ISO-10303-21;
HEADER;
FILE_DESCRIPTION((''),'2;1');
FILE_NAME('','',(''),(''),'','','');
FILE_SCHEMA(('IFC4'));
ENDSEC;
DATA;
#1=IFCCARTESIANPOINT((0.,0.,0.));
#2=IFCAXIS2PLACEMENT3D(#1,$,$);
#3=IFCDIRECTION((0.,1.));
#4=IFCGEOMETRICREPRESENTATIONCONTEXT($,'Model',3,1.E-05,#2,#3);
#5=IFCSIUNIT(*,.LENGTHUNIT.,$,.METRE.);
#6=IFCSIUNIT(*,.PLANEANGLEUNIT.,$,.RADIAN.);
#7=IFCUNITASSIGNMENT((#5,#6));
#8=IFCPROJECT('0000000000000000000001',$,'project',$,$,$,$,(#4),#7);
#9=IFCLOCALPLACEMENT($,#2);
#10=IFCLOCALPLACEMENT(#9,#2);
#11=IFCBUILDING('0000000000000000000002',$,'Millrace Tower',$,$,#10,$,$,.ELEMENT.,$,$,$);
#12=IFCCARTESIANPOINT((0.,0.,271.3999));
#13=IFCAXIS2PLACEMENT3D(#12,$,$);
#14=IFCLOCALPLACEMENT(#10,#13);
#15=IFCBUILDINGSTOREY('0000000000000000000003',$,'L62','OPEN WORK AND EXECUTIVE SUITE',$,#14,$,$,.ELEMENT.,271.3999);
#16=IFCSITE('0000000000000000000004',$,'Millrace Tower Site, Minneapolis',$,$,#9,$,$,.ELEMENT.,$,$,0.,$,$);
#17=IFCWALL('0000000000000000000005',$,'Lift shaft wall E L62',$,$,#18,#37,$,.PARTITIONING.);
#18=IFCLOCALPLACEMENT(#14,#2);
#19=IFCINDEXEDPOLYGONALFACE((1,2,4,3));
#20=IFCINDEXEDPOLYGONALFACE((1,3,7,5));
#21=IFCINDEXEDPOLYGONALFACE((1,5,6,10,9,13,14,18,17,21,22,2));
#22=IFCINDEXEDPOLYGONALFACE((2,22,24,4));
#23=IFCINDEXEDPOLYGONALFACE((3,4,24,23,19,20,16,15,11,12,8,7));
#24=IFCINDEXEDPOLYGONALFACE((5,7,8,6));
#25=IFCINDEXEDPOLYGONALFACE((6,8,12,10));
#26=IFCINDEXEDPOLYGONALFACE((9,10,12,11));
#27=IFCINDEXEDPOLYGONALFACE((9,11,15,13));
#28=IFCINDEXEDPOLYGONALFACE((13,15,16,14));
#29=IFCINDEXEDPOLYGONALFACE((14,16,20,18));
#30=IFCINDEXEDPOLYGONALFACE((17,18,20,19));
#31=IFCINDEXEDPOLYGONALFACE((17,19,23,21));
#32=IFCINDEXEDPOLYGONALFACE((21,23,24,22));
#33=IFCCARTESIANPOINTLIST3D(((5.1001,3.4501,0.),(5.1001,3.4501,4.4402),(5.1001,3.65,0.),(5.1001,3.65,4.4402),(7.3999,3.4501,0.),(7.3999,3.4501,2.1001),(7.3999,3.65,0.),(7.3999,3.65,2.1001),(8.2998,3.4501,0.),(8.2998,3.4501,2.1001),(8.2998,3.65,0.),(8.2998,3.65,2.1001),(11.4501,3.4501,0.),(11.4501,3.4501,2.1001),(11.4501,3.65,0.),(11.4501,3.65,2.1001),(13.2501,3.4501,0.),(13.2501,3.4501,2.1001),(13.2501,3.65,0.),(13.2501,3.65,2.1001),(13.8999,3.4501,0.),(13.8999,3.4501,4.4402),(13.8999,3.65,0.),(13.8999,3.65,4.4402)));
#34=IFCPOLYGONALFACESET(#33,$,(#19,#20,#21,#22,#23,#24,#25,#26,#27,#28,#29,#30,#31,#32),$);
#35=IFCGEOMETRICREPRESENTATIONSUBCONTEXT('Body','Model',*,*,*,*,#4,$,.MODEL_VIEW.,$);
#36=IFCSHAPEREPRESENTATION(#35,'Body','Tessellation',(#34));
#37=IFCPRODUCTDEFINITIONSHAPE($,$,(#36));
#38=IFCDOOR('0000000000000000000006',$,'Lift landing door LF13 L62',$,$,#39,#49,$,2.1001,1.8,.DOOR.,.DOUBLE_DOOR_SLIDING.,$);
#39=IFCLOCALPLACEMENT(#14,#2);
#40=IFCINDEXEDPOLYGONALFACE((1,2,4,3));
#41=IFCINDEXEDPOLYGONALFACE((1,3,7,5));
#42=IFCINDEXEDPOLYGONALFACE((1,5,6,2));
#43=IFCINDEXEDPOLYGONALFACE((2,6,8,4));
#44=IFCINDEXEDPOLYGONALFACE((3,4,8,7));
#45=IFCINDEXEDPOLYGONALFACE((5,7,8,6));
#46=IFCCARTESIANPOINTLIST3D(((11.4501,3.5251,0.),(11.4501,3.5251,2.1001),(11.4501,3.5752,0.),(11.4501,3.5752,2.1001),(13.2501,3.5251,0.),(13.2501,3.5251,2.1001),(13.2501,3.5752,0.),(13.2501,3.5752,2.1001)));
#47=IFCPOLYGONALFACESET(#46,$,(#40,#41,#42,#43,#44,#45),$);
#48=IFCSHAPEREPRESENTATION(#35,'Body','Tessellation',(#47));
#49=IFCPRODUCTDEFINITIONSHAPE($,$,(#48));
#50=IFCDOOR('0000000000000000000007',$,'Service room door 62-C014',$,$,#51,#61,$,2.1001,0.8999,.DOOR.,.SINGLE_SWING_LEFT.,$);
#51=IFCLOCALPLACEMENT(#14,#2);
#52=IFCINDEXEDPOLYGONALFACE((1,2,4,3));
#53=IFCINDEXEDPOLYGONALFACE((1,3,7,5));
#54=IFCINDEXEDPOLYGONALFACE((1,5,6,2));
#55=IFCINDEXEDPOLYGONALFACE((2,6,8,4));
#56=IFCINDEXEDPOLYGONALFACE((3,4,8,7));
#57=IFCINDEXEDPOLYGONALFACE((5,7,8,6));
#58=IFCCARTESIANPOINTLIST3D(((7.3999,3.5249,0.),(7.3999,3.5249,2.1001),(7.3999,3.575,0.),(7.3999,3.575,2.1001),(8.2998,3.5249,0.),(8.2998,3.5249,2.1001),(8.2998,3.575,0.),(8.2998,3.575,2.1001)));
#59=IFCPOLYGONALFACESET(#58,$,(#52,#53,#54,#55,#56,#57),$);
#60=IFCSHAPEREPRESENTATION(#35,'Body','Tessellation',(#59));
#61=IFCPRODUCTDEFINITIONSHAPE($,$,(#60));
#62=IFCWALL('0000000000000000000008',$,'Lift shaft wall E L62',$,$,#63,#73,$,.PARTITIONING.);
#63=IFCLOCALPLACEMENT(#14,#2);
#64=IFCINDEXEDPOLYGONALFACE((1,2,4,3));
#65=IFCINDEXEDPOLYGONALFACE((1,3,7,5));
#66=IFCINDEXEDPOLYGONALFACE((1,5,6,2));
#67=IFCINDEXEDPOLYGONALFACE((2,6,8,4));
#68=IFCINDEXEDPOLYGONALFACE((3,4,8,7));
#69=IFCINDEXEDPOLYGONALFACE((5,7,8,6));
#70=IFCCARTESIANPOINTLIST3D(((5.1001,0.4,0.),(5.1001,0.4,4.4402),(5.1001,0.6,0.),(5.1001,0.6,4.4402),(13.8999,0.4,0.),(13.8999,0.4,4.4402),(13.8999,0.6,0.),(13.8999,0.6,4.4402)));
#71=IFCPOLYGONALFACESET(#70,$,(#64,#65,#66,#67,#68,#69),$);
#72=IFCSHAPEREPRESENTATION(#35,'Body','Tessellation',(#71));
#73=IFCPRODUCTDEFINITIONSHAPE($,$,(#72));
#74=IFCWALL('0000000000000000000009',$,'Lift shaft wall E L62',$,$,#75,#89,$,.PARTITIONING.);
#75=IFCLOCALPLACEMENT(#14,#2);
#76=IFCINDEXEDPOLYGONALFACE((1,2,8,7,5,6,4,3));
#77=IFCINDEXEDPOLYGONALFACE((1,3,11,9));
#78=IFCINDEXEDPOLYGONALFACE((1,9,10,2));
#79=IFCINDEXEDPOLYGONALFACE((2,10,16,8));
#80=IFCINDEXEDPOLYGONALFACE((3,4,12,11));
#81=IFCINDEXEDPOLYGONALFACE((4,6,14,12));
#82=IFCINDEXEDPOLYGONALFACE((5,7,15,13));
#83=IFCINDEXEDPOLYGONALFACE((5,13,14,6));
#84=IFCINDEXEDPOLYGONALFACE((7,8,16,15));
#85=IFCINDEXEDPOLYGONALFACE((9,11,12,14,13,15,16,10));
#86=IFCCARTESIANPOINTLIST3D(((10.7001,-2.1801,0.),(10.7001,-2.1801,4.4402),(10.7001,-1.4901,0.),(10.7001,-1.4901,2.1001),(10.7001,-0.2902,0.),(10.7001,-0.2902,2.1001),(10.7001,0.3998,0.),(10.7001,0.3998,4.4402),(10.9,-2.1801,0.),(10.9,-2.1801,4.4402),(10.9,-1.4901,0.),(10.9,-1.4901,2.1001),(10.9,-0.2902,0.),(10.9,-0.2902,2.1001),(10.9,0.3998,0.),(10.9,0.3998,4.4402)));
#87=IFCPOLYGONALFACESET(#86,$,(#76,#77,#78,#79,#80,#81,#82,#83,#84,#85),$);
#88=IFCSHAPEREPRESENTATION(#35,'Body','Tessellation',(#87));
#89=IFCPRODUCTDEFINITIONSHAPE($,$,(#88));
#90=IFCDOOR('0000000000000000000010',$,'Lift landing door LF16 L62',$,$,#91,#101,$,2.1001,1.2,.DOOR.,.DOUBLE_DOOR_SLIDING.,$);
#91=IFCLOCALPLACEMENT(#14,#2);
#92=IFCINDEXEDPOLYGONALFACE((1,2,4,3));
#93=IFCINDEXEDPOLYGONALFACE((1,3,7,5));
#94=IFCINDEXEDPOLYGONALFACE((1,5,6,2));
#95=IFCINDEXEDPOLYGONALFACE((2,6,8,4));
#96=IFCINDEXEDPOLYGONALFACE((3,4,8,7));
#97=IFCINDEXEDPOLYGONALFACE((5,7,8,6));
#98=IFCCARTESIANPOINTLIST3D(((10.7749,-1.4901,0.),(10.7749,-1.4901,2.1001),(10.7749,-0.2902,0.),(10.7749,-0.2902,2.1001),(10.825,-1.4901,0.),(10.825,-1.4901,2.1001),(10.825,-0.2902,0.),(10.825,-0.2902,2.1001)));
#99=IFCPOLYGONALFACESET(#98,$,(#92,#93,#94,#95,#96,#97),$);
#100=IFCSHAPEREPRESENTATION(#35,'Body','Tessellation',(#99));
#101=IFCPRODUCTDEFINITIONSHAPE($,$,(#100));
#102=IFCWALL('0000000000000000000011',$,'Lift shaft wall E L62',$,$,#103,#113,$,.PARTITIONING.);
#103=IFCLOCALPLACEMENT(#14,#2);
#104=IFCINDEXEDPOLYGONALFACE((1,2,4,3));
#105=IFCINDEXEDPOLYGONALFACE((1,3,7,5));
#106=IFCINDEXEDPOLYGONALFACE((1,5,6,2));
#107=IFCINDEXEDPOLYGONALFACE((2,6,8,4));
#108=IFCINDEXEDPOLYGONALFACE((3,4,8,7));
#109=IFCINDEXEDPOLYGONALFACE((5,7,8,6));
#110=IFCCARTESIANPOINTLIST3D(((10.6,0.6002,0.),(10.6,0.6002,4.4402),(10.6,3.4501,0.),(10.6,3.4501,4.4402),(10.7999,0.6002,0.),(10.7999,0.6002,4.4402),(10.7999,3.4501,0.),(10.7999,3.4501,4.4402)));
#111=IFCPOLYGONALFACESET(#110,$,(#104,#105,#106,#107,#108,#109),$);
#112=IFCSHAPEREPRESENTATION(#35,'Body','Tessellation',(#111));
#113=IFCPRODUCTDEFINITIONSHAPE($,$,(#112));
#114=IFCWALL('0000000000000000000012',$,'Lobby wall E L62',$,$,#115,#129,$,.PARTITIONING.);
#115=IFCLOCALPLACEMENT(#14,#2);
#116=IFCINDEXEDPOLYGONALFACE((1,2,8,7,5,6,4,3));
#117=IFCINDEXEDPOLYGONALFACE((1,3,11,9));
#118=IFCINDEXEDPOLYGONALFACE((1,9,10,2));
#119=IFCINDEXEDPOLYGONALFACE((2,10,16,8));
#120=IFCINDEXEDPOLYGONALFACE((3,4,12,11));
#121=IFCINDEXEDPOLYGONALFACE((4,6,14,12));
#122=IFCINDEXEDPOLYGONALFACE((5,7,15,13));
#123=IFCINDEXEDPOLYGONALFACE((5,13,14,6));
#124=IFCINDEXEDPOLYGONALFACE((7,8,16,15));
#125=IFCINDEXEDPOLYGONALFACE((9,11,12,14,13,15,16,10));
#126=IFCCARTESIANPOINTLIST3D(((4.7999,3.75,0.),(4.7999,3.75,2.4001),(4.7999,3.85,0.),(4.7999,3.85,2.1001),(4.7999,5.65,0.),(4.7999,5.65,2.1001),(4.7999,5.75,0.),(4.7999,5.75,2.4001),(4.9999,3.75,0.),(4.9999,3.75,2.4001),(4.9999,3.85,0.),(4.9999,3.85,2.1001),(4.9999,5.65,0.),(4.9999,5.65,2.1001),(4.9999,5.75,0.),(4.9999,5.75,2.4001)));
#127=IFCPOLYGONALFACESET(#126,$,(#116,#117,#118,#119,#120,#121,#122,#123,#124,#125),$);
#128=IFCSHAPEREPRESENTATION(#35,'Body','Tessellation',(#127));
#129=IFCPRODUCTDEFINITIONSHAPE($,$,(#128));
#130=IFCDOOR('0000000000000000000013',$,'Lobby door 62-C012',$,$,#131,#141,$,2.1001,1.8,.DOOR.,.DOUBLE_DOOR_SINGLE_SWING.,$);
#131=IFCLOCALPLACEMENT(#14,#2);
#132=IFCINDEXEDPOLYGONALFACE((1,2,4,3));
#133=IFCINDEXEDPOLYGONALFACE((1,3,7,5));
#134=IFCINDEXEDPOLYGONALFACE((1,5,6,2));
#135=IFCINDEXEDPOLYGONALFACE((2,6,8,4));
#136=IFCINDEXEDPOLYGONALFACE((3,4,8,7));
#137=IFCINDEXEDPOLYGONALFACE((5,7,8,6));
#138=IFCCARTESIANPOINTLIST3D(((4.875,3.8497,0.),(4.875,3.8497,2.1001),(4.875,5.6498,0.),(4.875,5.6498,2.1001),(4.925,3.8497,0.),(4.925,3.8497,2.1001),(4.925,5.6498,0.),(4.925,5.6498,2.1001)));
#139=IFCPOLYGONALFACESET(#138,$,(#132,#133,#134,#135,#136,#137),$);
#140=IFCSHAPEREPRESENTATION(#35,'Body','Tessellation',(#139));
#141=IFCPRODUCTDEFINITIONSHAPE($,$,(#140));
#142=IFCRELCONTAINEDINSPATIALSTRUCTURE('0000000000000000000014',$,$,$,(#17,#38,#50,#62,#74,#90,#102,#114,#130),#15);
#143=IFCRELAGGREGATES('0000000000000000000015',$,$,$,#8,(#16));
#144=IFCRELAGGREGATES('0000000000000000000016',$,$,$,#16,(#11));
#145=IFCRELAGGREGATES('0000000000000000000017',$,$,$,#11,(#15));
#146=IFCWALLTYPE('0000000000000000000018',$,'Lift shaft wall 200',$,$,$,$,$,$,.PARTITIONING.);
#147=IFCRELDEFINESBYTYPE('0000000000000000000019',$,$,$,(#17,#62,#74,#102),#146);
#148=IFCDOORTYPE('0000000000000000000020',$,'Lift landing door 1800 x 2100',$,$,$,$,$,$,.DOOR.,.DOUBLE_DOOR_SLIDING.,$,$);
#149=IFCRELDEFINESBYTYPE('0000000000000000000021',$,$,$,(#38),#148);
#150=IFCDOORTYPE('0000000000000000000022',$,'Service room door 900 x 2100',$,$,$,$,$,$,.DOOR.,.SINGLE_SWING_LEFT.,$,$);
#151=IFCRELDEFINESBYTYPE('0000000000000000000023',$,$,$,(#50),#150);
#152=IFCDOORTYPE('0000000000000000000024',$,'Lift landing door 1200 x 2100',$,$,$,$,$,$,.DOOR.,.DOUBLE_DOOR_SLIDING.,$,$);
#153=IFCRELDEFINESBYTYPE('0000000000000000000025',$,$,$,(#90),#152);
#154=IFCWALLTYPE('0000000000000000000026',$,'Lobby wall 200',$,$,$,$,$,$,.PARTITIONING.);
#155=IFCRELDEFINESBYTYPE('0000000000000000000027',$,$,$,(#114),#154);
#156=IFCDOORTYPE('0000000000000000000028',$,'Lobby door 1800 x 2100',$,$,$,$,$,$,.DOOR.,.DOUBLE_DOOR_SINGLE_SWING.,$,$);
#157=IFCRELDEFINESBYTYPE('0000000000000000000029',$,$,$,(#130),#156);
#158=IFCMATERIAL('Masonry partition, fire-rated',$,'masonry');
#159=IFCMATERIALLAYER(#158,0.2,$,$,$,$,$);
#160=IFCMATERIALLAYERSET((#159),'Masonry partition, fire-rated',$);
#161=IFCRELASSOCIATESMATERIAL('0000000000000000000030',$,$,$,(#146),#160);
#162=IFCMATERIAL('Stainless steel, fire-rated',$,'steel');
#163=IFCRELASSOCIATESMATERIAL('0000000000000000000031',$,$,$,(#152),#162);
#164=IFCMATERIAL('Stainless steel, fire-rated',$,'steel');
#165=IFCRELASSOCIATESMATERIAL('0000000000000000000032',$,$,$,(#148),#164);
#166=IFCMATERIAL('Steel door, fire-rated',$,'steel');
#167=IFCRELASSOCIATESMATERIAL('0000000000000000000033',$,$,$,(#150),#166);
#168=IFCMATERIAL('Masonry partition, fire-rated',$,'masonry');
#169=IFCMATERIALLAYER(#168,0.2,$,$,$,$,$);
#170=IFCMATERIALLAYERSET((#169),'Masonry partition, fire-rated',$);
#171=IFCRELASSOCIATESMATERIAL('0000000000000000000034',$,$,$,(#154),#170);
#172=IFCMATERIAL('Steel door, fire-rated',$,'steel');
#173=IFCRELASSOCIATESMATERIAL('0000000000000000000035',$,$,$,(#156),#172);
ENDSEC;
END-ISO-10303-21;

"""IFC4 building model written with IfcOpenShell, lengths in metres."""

from ifc_helpers import new_model, si_unit, direction, frame, frame_2d, origin, place, context, subcontext, project, spatial, rectangle, extrude, material, layer, layer_set, type_object, element, fill, save


model = new_model("IFC4")

# Units and contexts
model_context = context("Model", 3, precision=1e-05, world=origin(), true_north=direction((0.0, 1.0)))
body_context = subcontext(model_context, "Body", "Model", "MODEL_VIEW")
ifc_project = project(units=[si_unit("LENGTHUNIT", "METRE"), si_unit("PLANEANGLEUNIT", "RADIAN")], contexts=[model_context])

# Site, building, storey
site_placement = place(None, origin())
site = spatial("IfcSite", under=ifc_project, at=site_placement, Name="Millrace Tower Site, Minneapolis", CompositionType="ELEMENT", RefElevation=0.0)
building_placement = place(site_placement, origin())
building = spatial("IfcBuilding", under=site, at=building_placement, Name="Millrace Tower", CompositionType="ELEMENT")
storey_placement = place(building_placement, frame((0.0, 0.0, 271.3999)))
storey = spatial("IfcBuildingStorey", under=building, at=storey_placement, Name="L62", Description="OPEN WORK AND EXECUTIVE SUITE", CompositionType="ELEMENT", Elevation=271.3999)

# Shared definitions
ifc_material_1 = material(Name="Masonry partition, fire-rated", Category="masonry")
ifc_layer_1 = layer(ifc_material_1, 0.2)
ifc_layer_set_1 = layer_set([ifc_layer_1], Name="Masonry partition, fire-rated")
wall_type_1 = type_object("IfcWallType", Name="Lift shaft wall 200", PredefinedType="PARTITIONING", material=ifc_layer_set_1)
ifc_material_2 = material(Name="Stainless steel, fire-rated", Category="steel")
door_type_1 = type_object("IfcDoorType", Name="Lift landing door 1200 x 2100", OperationType="DOUBLE_DOOR_SLIDING", PredefinedType="DOOR", material=ifc_material_2)

# Wall, openings, doors
wall_1_placement = place(storey_placement, frame((13.8999, 3.55, 0.0), z_axis=(0.0, 0.0, 1.0), x_axis=(-1.0, 0.0, 0.0)))
wall_1 = element("IfcWall", 1, at=wall_1_placement, inside=storey, type_object=wall_type_1, Name="Lift shaft wall E L62", PredefinedType="PARTITIONING", context=body_context, shape_type="SweptSolid", body=[
    extrude(rectangle(XDim=8.7998, YDim=0.2, at=frame_2d((4.3999, 0.0))), origin(), (0.0, 0.0, 1.0), 4.4402),
])
opening_1_placement = place(wall_1_placement, frame((0.6499, 0.0, 0.0)))
opening_1 = element("IfcOpeningElement", 2, at=opening_1_placement, cuts=wall_1, PredefinedType="OPENING", context=body_context, shape_type="SweptSolid", body=[
    extrude(rectangle(XDim=1.8, YDim=2.1001, at=frame_2d((0.8999, 1.05))), frame((0.0, 0.1099, 0.0), z_axis=(0.0, -1.0, 0.0), x_axis=(1.0, 0.0, 0.0)), (0.0, 0.0, 1.0), 0.22),
])
opening_2_placement = place(wall_1_placement, frame((5.6001, 0.0, 0.0)))
opening_2 = element("IfcOpeningElement", 3, at=opening_2_placement, cuts=wall_1, PredefinedType="OPENING", context=body_context, shape_type="SweptSolid", body=[
    extrude(rectangle(XDim=0.8999, YDim=2.1001, at=frame_2d((0.45, 1.05))), frame((0.0, 0.1099, 0.0), z_axis=(0.0, -1.0, 0.0), x_axis=(1.0, 0.0, 0.0)), (0.0, 0.0, 1.0), 0.22),
])
ifc_material_3 = material(Name="Stainless steel, fire-rated", Category="steel")
door_type_2 = type_object("IfcDoorType", Name="Lift landing door 1800 x 2100", OperationType="DOUBLE_DOOR_SLIDING", PredefinedType="DOOR", material=ifc_material_3)
door_1_placement = place(opening_1_placement, origin())
door_1 = element("IfcDoor", 4, at=door_1_placement, inside=storey, type_object=door_type_2, Name="Lift landing door LF13 L62", OperationType="DOUBLE_DOOR_SLIDING", OverallHeight=2.1001, OverallWidth=1.8, PredefinedType="DOOR", context=body_context, shape_type="SweptSolid", body=[
    extrude(rectangle(XDim=1.8, YDim=2.1001, at=frame_2d((0.8999, 1.05))), frame((0.0, 0.0249, 0.0), z_axis=(0.0, -1.0, 0.0), x_axis=(1.0, 0.0, 0.0)), (0.0, 0.0, 1.0), 0.05),
])
fill(opening_1, door_1)
ifc_material_4 = material(Name="Steel door, fire-rated", Category="steel")
door_type_3 = type_object("IfcDoorType", Name="Service room door 900 x 2100", OperationType="SINGLE_SWING_LEFT", PredefinedType="DOOR", material=ifc_material_4)
door_2_placement = place(opening_2_placement, frame((0.8999, 0.0, 0.0), z_axis=(0.0, 0.0, 1.0), x_axis=(-1.0, 0.0, 0.0)))
door_2 = element("IfcDoor", 5, at=door_2_placement, inside=storey, type_object=door_type_3, Name="Service room door 62-C014", OperationType="SINGLE_SWING_LEFT", OverallHeight=2.1001, OverallWidth=0.8999, PredefinedType="DOOR", context=body_context, shape_type="SweptSolid", body=[
    extrude(rectangle(XDim=0.8999, YDim=2.1001, at=frame_2d((0.45, 1.05))), frame((0.0, 0.0249, 0.0), z_axis=(0.0, -1.0, 0.0), x_axis=(1.0, 0.0, 0.0)), (0.0, 0.0, 1.0), 0.05),
])
fill(opening_2, door_2)

# Wall
wall_2_placement = place(storey_placement, frame((13.8999, 0.5, 0.0), z_axis=(0.0, 0.0, 1.0), x_axis=(-1.0, 0.0, 0.0)))
element("IfcWall", 6, at=wall_2_placement, inside=storey, type_object=wall_type_1, Name="Lift shaft wall E L62", PredefinedType="PARTITIONING", context=body_context, shape_type="SweptSolid", body=[
    extrude(rectangle(XDim=8.7998, YDim=0.2, at=frame_2d((4.3999, 0.0))), origin(), (0.0, 0.0, 1.0), 4.4402),
])

# Wall, opening, door
wall_3_placement = place(storey_placement, frame((10.8, 0.3999, 0.0), z_axis=(0.0, 0.0, 1.0), x_axis=(0.0, -1.0, 0.0)))
wall_3 = element("IfcWall", 7, at=wall_3_placement, inside=storey, type_object=wall_type_1, Name="Lift shaft wall E L62", PredefinedType="PARTITIONING", context=body_context, shape_type="SweptSolid", body=[
    extrude(rectangle(XDim=2.5798, YDim=0.2, at=frame_2d((1.29, 0.0))), origin(), (0.0, 0.0, 1.0), 4.4402),
])
opening_3_placement = place(wall_3_placement, frame((0.6899, 0.0, 0.0)))
opening_3 = element("IfcOpeningElement", 8, at=opening_3_placement, cuts=wall_3, PredefinedType="OPENING", context=body_context, shape_type="SweptSolid", body=[
    extrude(rectangle(XDim=1.2, YDim=2.1001, at=frame_2d((0.6001, 1.05))), frame((0.0, 0.1099, 0.0), z_axis=(0.0, -1.0, 0.0), x_axis=(1.0, 0.0, 0.0)), (0.0, 0.0, 1.0), 0.22),
])
door_3_placement = place(opening_3_placement, origin())
door_3 = element("IfcDoor", 9, at=door_3_placement, inside=storey, type_object=door_type_1, Name="Lift landing door LF16 L62", OperationType="DOUBLE_DOOR_SLIDING", OverallHeight=2.1001, OverallWidth=1.2, PredefinedType="DOOR", context=body_context, shape_type="SweptSolid", body=[
    extrude(rectangle(XDim=1.2, YDim=2.1001, at=frame_2d((0.6001, 1.05))), frame((0.0, 0.0249, 0.0), z_axis=(0.0, -1.0, 0.0), x_axis=(1.0, 0.0, 0.0)), (0.0, 0.0, 1.0), 0.05),
])
fill(opening_3, door_3)

# Wall
wall_4_placement = place(storey_placement, frame((10.7, 3.45, 0.0), z_axis=(0.0, 0.0, 1.0), x_axis=(0.0, -1.0, 0.0)))
element("IfcWall", 10, at=wall_4_placement, inside=storey, type_object=wall_type_1, Name="Lift shaft wall E L62", PredefinedType="PARTITIONING", context=body_context, shape_type="SweptSolid", body=[
    extrude(rectangle(XDim=2.8499, YDim=0.2, at=frame_2d((1.4248, 0.0))), origin(), (0.0, 0.0, 1.0), 4.4402),
])

# Wall, opening, door
ifc_material_5 = material(Name="Masonry partition, fire-rated", Category="masonry")
ifc_layer_2 = layer(ifc_material_5, 0.2)
ifc_layer_set_2 = layer_set([ifc_layer_2], Name="Masonry partition, fire-rated")
wall_type_2 = type_object("IfcWallType", Name="Lobby wall 200", PredefinedType="PARTITIONING", material=ifc_layer_set_2)
wall_5_placement = place(storey_placement, frame((4.8999, 5.75, 0.0), z_axis=(0.0, 0.0, 1.0), x_axis=(0.0, -1.0, 0.0)))
wall_5 = element("IfcWall", 11, at=wall_5_placement, inside=storey, type_object=wall_type_2, Name="Lobby wall E L62", PredefinedType="PARTITIONING", context=body_context, shape_type="SweptSolid", body=[
    extrude(rectangle(XDim=2.0, YDim=0.2, at=frame_2d((1.0, 0.0))), origin(), (0.0, 0.0, 1.0), 2.4001),
])
opening_4_placement = place(wall_5_placement, frame((0.1001, 0.0, 0.0)))
opening_4 = element("IfcOpeningElement", 12, at=opening_4_placement, cuts=wall_5, PredefinedType="OPENING", context=body_context, shape_type="SweptSolid", body=[
    extrude(rectangle(XDim=1.8, YDim=2.1001, at=frame_2d((0.8999, 1.05))), frame((0.0, 0.1099, 0.0), z_axis=(0.0, -1.0, 0.0), x_axis=(1.0, 0.0, 0.0)), (0.0, 0.0, 1.0), 0.22),
])
ifc_material_6 = material(Name="Steel door, fire-rated", Category="steel")
door_type_4 = type_object("IfcDoorType", Name="Lobby door 1800 x 2100", OperationType="DOUBLE_DOOR_SINGLE_SWING", PredefinedType="DOOR", material=ifc_material_6)
door_4_placement = place(opening_4_placement, frame((1.8, 0.0, 0.0), z_axis=(0.0, 0.0, 1.0), x_axis=(-1.0, 0.0, 0.0)))
door_4 = element("IfcDoor", 13, at=door_4_placement, inside=storey, type_object=door_type_4, Name="Lobby door 62-C012", OperationType="DOUBLE_DOOR_SINGLE_SWING", OverallHeight=2.1001, OverallWidth=1.8, PredefinedType="DOOR", context=body_context, shape_type="SweptSolid", body=[
    extrude(rectangle(XDim=1.8, YDim=2.1001, at=frame_2d((0.8999, 1.05))), frame((0.0, 0.0249, 0.0), z_axis=(0.0, -1.0, 0.0), x_axis=(1.0, 0.0, 0.0)), (0.0, 0.0, 1.0), 0.05),
])
fill(opening_4, door_4)

save(model, "model.ifc")
